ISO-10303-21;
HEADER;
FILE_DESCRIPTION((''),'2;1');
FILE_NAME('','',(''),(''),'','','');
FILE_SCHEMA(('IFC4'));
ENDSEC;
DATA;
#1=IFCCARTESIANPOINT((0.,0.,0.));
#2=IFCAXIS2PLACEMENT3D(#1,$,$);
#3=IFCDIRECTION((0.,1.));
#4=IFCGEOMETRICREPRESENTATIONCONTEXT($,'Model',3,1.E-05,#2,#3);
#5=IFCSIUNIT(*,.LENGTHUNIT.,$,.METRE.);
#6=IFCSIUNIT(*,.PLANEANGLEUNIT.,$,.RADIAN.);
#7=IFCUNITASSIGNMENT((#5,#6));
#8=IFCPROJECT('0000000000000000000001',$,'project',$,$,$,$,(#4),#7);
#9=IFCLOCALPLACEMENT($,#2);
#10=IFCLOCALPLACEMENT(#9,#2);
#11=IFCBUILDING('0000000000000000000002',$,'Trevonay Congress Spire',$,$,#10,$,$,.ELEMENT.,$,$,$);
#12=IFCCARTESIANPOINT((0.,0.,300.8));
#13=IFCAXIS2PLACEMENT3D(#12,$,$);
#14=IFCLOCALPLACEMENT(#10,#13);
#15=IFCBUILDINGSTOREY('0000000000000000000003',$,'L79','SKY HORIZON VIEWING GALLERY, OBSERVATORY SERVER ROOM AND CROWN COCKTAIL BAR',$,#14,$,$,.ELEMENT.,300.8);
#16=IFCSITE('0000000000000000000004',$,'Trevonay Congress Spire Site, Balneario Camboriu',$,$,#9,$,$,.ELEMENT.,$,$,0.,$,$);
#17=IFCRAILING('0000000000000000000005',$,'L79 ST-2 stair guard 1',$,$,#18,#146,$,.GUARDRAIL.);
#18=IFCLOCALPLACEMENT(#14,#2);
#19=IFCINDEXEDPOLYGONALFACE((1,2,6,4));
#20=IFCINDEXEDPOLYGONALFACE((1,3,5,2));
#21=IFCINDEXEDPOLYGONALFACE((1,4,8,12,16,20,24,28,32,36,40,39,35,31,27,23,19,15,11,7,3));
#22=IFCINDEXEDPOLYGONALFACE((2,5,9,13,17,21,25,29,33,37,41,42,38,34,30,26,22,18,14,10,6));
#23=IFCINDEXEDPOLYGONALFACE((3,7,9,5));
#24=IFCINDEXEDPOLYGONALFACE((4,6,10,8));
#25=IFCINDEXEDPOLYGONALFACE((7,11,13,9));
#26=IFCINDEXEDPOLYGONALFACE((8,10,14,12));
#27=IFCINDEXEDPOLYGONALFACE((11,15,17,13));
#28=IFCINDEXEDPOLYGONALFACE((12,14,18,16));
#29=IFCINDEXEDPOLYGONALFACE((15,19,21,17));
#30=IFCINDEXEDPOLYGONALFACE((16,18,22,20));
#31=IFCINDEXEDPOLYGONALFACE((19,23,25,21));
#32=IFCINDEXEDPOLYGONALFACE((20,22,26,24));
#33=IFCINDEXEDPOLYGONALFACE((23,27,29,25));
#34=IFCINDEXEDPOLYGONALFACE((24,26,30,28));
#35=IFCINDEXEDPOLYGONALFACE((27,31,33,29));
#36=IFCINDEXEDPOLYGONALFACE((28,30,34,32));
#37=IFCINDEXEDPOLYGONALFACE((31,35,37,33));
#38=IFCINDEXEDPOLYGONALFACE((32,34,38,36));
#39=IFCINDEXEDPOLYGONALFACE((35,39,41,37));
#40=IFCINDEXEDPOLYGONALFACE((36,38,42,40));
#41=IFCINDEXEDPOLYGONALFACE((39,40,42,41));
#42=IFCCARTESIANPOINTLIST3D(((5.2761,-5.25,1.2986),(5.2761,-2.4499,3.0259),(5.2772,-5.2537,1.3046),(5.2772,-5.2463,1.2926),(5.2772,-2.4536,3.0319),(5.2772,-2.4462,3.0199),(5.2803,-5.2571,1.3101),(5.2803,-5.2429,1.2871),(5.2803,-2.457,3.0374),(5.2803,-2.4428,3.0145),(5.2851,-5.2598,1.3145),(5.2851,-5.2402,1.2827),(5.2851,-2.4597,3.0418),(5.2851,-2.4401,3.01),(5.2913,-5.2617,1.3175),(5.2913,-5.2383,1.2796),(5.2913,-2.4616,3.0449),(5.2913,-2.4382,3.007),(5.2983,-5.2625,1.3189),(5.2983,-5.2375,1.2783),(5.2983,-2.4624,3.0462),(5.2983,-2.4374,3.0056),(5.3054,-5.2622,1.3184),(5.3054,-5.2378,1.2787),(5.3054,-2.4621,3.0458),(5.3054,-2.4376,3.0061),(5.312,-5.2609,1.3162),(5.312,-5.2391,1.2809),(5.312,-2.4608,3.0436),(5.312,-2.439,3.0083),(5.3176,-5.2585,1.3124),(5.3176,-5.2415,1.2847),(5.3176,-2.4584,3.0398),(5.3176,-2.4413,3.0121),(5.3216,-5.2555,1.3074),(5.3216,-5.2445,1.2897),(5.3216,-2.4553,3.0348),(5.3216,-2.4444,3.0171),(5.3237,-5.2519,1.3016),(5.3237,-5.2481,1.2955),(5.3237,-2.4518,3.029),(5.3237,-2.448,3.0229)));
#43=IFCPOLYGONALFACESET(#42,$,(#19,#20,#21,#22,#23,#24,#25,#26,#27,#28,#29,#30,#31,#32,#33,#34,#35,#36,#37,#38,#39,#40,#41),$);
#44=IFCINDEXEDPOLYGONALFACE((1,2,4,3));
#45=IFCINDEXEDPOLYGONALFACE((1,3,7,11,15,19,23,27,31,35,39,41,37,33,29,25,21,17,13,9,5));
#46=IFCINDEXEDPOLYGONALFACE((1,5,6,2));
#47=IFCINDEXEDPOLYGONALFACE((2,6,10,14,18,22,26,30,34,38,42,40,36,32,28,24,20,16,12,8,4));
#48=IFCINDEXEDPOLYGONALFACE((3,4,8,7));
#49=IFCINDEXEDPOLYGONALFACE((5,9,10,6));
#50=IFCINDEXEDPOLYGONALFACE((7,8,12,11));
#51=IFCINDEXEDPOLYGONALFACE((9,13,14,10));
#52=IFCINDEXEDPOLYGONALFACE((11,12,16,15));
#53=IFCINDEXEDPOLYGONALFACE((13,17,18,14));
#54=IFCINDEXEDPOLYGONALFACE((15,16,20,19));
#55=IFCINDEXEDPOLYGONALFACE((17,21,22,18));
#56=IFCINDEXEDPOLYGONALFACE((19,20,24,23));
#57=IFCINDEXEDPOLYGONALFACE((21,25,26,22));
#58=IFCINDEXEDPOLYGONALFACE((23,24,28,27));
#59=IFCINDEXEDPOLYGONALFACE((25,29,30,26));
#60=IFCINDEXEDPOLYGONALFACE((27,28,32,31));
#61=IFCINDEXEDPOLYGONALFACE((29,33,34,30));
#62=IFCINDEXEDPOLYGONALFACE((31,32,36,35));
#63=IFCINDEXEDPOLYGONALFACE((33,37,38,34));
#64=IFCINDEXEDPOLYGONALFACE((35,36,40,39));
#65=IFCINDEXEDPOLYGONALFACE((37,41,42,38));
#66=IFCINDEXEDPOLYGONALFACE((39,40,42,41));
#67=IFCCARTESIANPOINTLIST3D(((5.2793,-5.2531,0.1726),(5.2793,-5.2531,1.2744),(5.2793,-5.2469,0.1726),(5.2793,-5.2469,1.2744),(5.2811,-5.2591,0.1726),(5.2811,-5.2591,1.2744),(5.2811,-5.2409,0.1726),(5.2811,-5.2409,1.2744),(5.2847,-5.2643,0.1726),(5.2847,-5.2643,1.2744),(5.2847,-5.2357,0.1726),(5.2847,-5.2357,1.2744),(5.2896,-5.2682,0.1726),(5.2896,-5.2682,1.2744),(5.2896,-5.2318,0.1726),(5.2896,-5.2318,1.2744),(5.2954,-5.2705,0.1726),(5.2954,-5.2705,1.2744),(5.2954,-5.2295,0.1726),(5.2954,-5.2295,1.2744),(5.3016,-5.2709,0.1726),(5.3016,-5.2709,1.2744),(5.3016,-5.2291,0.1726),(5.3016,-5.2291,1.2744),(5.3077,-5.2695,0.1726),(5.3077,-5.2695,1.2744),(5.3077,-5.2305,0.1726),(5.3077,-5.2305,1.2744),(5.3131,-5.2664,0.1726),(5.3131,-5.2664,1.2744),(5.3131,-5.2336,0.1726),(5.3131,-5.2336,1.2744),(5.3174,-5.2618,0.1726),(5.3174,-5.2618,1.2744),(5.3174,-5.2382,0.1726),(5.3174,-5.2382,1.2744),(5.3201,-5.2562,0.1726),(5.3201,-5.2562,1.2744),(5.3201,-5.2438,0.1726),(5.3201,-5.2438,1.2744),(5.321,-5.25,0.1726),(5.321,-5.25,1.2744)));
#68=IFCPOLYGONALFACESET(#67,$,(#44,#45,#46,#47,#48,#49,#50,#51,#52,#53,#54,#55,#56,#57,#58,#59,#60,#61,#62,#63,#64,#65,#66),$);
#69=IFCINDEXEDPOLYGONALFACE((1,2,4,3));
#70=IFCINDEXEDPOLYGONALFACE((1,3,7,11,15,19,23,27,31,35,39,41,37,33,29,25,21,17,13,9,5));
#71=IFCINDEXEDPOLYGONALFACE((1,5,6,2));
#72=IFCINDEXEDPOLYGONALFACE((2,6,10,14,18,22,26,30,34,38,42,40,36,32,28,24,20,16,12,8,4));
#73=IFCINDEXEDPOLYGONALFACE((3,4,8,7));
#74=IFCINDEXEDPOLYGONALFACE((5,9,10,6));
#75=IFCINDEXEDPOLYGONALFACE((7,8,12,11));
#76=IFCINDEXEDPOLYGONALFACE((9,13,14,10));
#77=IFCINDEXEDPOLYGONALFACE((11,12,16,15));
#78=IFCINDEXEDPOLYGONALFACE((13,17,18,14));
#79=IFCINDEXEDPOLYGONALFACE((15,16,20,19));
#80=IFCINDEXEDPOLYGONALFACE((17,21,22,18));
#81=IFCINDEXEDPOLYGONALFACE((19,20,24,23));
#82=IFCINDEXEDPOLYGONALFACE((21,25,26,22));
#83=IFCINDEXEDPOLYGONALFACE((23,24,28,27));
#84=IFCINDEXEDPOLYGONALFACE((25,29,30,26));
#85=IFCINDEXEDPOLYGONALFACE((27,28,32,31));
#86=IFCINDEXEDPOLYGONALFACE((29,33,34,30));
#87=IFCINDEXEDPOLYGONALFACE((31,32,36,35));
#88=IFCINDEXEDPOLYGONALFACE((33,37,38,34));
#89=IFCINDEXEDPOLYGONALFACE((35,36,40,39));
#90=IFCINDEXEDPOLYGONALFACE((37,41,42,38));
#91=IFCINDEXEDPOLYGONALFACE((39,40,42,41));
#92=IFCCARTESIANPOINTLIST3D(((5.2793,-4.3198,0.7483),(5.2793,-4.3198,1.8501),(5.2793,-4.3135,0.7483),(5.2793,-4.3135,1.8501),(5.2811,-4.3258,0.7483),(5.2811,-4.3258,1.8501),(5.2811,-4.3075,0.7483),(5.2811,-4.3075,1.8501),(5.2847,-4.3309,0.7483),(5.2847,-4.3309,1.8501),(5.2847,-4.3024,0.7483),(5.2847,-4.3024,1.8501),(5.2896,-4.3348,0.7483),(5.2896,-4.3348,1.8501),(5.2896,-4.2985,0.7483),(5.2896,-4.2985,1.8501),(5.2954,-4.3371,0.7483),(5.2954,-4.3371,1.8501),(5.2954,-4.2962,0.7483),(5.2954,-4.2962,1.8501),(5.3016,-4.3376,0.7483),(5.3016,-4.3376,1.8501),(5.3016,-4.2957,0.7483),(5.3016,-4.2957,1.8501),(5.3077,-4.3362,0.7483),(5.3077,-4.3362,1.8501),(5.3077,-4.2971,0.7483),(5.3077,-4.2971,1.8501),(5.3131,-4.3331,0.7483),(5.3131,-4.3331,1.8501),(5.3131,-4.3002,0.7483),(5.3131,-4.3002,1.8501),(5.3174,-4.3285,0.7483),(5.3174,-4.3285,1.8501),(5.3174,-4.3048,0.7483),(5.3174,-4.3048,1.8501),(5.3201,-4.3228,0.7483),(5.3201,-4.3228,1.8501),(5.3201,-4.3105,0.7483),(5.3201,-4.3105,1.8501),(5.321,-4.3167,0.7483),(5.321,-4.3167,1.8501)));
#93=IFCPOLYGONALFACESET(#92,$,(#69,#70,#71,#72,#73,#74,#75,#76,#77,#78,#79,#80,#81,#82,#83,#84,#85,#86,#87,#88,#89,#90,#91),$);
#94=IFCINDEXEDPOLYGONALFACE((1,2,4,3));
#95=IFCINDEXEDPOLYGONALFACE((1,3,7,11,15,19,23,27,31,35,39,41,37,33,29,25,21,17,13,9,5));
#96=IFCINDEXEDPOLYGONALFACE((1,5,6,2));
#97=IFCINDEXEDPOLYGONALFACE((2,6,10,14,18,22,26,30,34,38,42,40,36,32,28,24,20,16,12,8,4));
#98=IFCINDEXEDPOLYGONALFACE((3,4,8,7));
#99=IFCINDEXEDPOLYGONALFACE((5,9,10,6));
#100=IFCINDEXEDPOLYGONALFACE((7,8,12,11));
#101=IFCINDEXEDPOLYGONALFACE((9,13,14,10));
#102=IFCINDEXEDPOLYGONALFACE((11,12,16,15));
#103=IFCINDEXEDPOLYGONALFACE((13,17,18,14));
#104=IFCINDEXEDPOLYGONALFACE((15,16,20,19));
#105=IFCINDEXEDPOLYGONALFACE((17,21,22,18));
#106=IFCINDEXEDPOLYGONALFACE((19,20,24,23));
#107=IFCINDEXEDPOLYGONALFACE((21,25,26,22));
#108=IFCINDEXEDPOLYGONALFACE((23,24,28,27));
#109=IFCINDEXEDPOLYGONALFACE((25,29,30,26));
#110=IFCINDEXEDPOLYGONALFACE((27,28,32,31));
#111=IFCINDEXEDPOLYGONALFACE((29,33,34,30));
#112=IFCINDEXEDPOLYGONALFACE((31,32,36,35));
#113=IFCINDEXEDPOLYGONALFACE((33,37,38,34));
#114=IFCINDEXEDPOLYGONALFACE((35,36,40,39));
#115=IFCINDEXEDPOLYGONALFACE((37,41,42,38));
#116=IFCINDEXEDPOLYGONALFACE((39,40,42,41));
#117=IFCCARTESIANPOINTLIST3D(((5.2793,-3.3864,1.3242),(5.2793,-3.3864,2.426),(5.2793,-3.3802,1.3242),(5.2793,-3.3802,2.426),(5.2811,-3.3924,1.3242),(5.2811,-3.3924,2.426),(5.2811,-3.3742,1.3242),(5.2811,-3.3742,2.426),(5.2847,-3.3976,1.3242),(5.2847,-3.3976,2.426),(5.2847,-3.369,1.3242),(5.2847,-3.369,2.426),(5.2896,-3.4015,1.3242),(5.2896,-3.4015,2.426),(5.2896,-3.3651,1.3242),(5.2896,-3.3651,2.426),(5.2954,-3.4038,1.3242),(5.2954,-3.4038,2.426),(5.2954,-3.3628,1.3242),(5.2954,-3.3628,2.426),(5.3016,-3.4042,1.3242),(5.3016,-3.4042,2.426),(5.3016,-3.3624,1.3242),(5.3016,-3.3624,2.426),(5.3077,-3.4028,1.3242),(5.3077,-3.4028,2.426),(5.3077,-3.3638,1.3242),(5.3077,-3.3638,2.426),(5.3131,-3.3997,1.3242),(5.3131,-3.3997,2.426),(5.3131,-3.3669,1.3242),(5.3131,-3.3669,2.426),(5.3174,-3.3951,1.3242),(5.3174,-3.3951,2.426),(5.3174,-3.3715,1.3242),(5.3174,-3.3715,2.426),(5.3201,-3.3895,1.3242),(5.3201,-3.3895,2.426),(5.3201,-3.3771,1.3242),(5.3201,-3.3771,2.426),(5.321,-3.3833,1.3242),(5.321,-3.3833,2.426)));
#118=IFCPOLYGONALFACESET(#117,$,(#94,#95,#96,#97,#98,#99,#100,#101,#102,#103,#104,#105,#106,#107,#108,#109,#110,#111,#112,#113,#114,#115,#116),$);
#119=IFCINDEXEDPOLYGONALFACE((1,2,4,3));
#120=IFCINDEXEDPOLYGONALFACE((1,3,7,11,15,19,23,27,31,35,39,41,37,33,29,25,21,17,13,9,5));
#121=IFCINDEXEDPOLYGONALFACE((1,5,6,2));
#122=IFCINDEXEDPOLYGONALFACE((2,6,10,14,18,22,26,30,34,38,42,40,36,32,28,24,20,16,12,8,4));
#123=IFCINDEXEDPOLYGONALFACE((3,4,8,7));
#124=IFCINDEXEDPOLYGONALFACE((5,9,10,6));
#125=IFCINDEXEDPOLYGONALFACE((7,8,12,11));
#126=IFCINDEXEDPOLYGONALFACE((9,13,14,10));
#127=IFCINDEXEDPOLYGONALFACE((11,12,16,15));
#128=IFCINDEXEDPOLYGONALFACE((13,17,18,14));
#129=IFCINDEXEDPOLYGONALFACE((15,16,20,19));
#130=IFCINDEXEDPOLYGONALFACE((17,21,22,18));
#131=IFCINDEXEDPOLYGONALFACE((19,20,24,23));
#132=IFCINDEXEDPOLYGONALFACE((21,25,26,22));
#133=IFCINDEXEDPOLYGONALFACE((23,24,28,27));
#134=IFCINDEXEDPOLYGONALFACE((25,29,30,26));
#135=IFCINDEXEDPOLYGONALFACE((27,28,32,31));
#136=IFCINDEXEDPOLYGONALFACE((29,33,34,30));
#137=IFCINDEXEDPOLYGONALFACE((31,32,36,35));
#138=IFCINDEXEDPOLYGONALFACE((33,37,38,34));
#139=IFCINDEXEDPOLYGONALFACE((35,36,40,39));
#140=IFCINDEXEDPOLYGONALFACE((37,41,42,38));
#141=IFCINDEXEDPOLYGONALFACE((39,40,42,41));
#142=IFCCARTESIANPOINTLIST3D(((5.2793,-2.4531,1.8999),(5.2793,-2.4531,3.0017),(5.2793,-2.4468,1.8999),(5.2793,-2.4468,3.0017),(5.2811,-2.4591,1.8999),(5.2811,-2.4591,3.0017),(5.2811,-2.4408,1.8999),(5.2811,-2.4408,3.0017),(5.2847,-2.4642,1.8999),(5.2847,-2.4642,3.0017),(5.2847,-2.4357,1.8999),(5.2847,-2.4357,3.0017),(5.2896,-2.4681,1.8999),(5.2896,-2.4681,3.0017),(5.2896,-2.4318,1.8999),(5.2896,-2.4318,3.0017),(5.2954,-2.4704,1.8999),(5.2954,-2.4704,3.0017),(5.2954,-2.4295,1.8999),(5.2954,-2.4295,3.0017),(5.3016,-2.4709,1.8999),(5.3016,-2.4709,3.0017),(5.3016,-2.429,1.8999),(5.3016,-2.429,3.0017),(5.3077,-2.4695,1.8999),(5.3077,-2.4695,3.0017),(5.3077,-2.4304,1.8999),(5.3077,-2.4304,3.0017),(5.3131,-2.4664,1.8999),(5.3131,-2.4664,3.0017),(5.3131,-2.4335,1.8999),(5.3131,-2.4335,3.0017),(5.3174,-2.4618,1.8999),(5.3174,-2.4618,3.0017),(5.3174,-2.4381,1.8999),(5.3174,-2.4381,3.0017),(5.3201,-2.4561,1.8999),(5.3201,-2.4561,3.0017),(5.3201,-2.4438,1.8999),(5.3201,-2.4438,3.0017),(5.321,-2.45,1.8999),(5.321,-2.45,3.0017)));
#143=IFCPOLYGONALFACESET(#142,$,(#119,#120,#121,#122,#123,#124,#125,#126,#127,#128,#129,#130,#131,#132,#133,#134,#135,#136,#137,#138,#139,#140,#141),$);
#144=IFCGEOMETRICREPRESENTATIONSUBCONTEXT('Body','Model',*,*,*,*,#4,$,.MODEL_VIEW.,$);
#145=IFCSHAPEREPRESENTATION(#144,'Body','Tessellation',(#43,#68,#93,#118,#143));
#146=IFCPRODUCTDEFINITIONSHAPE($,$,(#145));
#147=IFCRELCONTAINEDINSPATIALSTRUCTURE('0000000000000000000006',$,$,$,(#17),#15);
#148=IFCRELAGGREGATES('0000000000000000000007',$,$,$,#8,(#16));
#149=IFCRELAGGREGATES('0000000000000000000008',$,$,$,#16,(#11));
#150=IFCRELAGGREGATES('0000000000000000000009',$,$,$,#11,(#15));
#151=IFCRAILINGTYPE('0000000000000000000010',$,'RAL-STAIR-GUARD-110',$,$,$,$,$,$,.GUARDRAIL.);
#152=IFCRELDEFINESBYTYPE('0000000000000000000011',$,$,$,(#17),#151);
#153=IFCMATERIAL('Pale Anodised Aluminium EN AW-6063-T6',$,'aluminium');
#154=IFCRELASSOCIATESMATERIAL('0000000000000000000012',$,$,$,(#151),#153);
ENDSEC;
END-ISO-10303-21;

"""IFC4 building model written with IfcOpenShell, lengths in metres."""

from ifc_helpers import new_model, si_unit, direction, frame, origin, origin_2d, place, context, subcontext, project, spatial, circle, extrude, material, type_object, element, save


model = new_model("IFC4")

# Units and contexts
model_context = context("Model", 3, precision=1e-05, world=origin(), true_north=direction((0.0, 1.0)))
body_context = subcontext(model_context, "Body", "Model", "MODEL_VIEW")
ifc_project = project(units=[si_unit("LENGTHUNIT", "METRE"), si_unit("PLANEANGLEUNIT", "RADIAN")], contexts=[model_context])

# Site, building, storey
site_placement = place(None, origin())
site = spatial("IfcSite", under=ifc_project, at=site_placement, Name="Trevonay Congress Spire Site, Balneario Camboriu", CompositionType="ELEMENT", RefElevation=0.0)
building_placement = place(site_placement, origin())
building = spatial("IfcBuilding", under=site, at=building_placement, Name="Trevonay Congress Spire", CompositionType="ELEMENT")
storey_placement = place(building_placement, frame((0.0, 0.0, 300.8)))
storey = spatial("IfcBuildingStorey", under=building, at=storey_placement, Name="L79", Description="SKY HORIZON VIEWING GALLERY, OBSERVATORY SERVER ROOM AND CROWN COCKTAIL BAR", CompositionType="ELEMENT", Elevation=300.8)

# Railing
ifc_material_1 = material(Name="Pale Anodised Aluminium EN AW-6063-T6", Category="aluminium")
railing_type_1 = type_object("IfcRailingType", Name="RAL-STAIR-GUARD-110", PredefinedType="GUARDRAIL", material=ifc_material_1)
railing_1_placement = place(storey_placement, frame((5.3, -5.25, 0.1726)))
element("IfcRailing", 1, at=railing_1_placement, inside=storey, type_object=railing_type_1, Name="L79 ST-2 stair guard 1", PredefinedType="GUARDRAIL", context=body_context, shape_type="SweptSolid", body=[
    extrude(circle(Radius=0.0239, at=origin_2d()), frame((0.0, 0.0, 1.126), z_axis=(0.0, 0.85109, 0.52502), x_axis=(-1.0, 0.0, 0.0)), (0.0, 0.0, 1.0), 3.29),
    extrude(circle(Radius=0.021, at=origin_2d()), origin(), (0.0, 0.0, 1.0), 1.1018),
    extrude(circle(Radius=0.021, at=origin_2d()), frame((0.0, 0.9333, 0.5757)), (0.0, 0.0, 1.0), 1.1018),
    extrude(circle(Radius=0.021, at=origin_2d()), frame((0.0, 1.8667, 1.1516)), (0.0, 0.0, 1.0), 1.1018),
    extrude(circle(Radius=0.021, at=origin_2d()), frame((0.0, 2.8, 1.7273)), (0.0, 0.0, 1.0), 1.1018),
])

save(model, "model.ifc")
